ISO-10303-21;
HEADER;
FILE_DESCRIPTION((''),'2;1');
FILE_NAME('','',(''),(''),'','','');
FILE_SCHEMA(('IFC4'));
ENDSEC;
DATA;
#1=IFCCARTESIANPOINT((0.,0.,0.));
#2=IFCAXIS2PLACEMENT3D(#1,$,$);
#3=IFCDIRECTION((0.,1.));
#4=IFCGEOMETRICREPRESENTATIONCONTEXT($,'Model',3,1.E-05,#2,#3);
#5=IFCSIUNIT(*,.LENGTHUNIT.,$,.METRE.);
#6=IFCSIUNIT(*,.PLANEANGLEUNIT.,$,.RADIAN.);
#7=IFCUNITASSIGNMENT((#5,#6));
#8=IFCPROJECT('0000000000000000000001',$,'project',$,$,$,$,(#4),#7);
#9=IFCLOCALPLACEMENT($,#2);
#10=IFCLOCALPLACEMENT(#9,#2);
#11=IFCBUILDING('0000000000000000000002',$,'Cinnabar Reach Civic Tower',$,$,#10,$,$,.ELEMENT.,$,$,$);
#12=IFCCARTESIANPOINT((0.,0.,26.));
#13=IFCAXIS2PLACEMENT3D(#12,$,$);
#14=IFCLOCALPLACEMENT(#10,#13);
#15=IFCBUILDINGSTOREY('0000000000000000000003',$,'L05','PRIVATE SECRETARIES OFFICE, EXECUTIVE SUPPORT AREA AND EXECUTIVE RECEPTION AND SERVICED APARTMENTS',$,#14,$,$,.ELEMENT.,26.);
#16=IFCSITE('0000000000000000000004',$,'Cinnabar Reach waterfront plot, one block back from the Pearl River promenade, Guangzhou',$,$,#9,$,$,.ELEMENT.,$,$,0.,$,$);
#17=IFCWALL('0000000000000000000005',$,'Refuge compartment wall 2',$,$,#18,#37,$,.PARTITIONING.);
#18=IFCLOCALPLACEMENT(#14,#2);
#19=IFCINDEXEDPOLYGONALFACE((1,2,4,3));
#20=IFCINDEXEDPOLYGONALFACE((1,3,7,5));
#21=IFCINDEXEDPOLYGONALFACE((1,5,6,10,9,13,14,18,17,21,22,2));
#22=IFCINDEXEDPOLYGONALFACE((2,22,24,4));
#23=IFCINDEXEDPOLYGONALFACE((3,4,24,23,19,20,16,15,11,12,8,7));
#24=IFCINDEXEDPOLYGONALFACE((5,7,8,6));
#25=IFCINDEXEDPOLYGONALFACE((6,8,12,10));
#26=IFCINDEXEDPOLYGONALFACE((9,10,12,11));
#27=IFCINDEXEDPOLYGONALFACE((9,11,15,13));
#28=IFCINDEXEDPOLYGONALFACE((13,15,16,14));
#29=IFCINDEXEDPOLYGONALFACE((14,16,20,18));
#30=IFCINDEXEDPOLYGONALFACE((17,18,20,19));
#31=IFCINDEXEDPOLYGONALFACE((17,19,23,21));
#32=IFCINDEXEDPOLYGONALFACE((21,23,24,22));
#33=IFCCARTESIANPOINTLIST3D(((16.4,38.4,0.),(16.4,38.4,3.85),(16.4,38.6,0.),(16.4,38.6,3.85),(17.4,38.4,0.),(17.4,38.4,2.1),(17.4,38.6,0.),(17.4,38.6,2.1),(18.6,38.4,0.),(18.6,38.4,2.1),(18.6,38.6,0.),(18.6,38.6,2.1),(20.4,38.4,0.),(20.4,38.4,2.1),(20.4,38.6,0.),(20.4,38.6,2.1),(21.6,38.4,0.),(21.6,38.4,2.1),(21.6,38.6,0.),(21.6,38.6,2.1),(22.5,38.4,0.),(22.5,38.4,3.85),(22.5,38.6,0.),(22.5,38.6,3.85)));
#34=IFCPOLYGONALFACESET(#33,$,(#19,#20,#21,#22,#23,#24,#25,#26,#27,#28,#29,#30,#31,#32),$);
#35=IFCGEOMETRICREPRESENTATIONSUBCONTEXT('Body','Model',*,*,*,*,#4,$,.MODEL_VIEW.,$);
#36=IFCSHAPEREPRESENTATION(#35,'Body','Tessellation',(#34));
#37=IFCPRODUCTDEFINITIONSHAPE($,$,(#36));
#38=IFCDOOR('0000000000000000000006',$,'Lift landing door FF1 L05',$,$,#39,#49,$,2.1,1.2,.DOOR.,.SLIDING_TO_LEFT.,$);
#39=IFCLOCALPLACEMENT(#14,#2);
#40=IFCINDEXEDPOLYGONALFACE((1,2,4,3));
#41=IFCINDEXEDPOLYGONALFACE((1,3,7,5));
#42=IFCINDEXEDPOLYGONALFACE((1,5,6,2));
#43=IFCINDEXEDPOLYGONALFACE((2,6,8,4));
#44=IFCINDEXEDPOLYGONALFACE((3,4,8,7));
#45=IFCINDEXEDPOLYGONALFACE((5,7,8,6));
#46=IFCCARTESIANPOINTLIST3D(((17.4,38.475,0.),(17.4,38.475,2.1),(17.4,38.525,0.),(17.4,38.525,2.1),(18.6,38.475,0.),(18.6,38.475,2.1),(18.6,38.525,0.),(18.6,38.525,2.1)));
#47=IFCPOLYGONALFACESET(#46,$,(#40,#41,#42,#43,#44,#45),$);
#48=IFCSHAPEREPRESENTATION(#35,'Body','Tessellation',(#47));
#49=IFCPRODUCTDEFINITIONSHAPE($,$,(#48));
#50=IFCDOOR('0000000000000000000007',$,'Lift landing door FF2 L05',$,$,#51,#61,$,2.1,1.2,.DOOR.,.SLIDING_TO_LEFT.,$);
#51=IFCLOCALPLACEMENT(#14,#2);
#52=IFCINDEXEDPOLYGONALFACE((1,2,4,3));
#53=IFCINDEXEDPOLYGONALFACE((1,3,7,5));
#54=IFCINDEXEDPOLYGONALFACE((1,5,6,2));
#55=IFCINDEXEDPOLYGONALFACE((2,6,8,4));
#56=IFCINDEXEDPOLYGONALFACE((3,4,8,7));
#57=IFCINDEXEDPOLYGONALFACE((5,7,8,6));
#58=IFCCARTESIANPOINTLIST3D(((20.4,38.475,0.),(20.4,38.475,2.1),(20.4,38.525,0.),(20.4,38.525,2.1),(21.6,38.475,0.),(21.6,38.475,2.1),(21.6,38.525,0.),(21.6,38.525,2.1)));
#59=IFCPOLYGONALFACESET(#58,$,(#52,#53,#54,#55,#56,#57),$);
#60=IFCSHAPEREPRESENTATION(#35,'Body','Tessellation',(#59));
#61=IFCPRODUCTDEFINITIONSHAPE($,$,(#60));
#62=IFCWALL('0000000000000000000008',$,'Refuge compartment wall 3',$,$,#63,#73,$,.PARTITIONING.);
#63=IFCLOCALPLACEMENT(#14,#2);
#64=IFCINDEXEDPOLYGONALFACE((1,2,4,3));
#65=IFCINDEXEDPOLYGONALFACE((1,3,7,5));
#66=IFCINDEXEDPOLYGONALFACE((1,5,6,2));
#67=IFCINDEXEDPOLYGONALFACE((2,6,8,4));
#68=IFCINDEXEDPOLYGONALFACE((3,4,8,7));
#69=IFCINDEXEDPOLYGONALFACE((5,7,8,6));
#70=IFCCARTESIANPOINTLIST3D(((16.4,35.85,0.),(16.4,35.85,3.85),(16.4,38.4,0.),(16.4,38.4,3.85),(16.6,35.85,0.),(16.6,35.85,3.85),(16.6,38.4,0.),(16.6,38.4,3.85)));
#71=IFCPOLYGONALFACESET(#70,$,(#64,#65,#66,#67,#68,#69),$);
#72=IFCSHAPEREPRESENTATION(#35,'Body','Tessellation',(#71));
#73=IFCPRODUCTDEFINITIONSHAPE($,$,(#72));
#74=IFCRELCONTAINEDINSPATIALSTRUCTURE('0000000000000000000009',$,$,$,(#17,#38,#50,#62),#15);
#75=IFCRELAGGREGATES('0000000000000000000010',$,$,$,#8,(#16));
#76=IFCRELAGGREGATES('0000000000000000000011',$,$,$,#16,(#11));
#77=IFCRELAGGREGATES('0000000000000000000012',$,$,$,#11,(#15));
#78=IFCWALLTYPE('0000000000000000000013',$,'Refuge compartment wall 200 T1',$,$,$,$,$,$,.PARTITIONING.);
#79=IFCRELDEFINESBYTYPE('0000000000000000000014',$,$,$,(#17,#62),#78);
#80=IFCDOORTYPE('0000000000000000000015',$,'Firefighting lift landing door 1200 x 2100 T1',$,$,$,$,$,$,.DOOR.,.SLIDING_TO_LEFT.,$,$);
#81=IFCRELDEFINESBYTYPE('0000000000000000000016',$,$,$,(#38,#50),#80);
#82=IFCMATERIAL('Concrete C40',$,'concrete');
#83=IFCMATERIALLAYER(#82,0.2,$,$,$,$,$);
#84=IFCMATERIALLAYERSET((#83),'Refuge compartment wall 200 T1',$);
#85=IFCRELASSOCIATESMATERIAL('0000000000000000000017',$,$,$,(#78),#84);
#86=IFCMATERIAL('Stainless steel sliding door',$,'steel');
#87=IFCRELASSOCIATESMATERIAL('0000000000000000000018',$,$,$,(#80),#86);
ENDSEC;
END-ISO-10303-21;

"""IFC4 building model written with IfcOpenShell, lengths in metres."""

from ifc_helpers import new_model, si_unit, direction, frame, frame_2d, origin, place, context, subcontext, project, spatial, rectangle, extrude, material, layer, layer_set, type_object, element, fill, save


model = new_model("IFC4")

# Units and contexts
model_context = context("Model", 3, precision=1e-05, world=origin(), true_north=direction((0.0, 1.0)))
body_context = subcontext(model_context, "Body", "Model", "MODEL_VIEW")
ifc_project = project(units=[si_unit("LENGTHUNIT", "METRE"), si_unit("PLANEANGLEUNIT", "RADIAN")], contexts=[model_context])

# Site, building, storey
site_placement = place(None, origin())
site = spatial("IfcSite", under=ifc_project, at=site_placement, Name="Cinnabar Reach waterfront plot, one block back from the Pearl River promenade, Guangzhou", CompositionType="ELEMENT", RefElevation=0.0)
building_placement = place(site_placement, origin())
building = spatial("IfcBuilding", under=site, at=building_placement, Name="Cinnabar Reach Civic Tower", CompositionType="ELEMENT")
storey_placement = place(building_placement, frame((0.0, 0.0, 26.0)))
storey = spatial("IfcBuildingStorey", under=building, at=storey_placement, Name="L05", Description="PRIVATE SECRETARIES OFFICE, EXECUTIVE SUPPORT AREA AND EXECUTIVE RECEPTION AND SERVICED APARTMENTS", CompositionType="ELEMENT", Elevation=26.0)

# Shared definitions
ifc_material_1 = material(Name="Concrete C40", Category="concrete")
ifc_layer_1 = layer(ifc_material_1, 0.2)
ifc_layer_set_1 = layer_set([ifc_layer_1], Name="Refuge compartment wall 200 T1")
wall_type_1 = type_object("IfcWallType", Name="Refuge compartment wall 200 T1", PredefinedType="PARTITIONING", material=ifc_layer_set_1)

# Wall, openings, doors
wall_1_placement = place(storey_placement, frame((16.4, 38.5, 0.0), z_axis=(0.0, 0.0, 1.0), x_axis=(1.0, 0.0, 0.0)))
wall_1 = element("IfcWall", 1, at=wall_1_placement, inside=storey, type_object=wall_type_1, Name="Refuge compartment wall 2", PredefinedType="PARTITIONING", context=body_context, shape_type="SweptSolid", body=[
    extrude(rectangle(XDim=6.1, YDim=0.2, at=frame_2d((3.05, 0.0))), origin(), (0.0, 0.0, 1.0), 3.85),
])
opening_1_placement = place(wall_1_placement, frame((1.0, 0.0, 0.0)))
opening_1 = element("IfcOpeningElement", 2, at=opening_1_placement, cuts=wall_1, PredefinedType="OPENING", context=body_context, shape_type="SweptSolid", body=[
    extrude(rectangle(XDim=1.2, YDim=2.1, at=frame_2d((0.6, 1.05))), frame((0.0, 0.11, 0.0), z_axis=(0.0, -1.0, 0.0), x_axis=(1.0, 0.0, 0.0)), (0.0, 0.0, 1.0), 0.22),
])
opening_2_placement = place(wall_1_placement, frame((4.0, 0.0, 0.0)))
opening_2 = element("IfcOpeningElement", 3, at=opening_2_placement, cuts=wall_1, PredefinedType="OPENING", context=body_context, shape_type="SweptSolid", body=[
    extrude(rectangle(XDim=1.2, YDim=2.1, at=frame_2d((0.6, 1.05))), frame((0.0, 0.11, 0.0), z_axis=(0.0, -1.0, 0.0), x_axis=(1.0, 0.0, 0.0)), (0.0, 0.0, 1.0), 0.22),
])
ifc_material_2 = material(Name="Stainless steel sliding door", Category="steel")
door_type_1 = type_object("IfcDoorType", Name="Firefighting lift landing door 1200 x 2100 T1", OperationType="SLIDING_TO_LEFT", PredefinedType="DOOR", material=ifc_material_2)
door_1_placement = place(opening_1_placement, origin())
door_1 = element("IfcDoor", 4, at=door_1_placement, inside=storey, type_object=door_type_1, Name="Lift landing door FF1 L05", OperationType="SLIDING_TO_LEFT", OverallHeight=2.1, OverallWidth=1.2, PredefinedType="DOOR", context=body_context, shape_type="SweptSolid", body=[
    extrude(rectangle(XDim=1.2, YDim=2.1, at=frame_2d((0.6, 1.05))), frame((0.0, 0.025, 0.0), z_axis=(0.0, -1.0, 0.0), x_axis=(1.0, 0.0, 0.0)), (0.0, 0.0, 1.0), 0.05),
])
fill(opening_1, door_1)
door_2_placement = place(opening_2_placement, origin())
door_2 = element("IfcDoor", 5, at=door_2_placement, inside=storey, type_object=door_type_1, Name="Lift landing door FF2 L05", OperationType="SLIDING_TO_LEFT", OverallHeight=2.1, OverallWidth=1.2, PredefinedType="DOOR", context=body_context, shape_type="SweptSolid", body=[
    extrude(rectangle(XDim=1.2, YDim=2.1, at=frame_2d((0.6, 1.05))), frame((0.0, 0.025, 0.0), z_axis=(0.0, -1.0, 0.0), x_axis=(1.0, 0.0, 0.0)), (0.0, 0.0, 1.0), 0.05),
])
fill(opening_2, door_2)

# Wall
wall_2_placement = place(storey_placement, frame((16.5, 35.85, 0.0), z_axis=(0.0, 0.0, 1.0), x_axis=(0.0, 1.0, 0.0)))
element("IfcWall", 6, at=wall_2_placement, inside=storey, type_object=wall_type_1, Name="Refuge compartment wall 3", PredefinedType="PARTITIONING", context=body_context, shape_type="SweptSolid", body=[
    extrude(rectangle(XDim=2.55, YDim=0.2, at=frame_2d((1.275, 0.0))), origin(), (0.0, 0.0, 1.0), 3.85),
])

save(model, "model.ifc")
